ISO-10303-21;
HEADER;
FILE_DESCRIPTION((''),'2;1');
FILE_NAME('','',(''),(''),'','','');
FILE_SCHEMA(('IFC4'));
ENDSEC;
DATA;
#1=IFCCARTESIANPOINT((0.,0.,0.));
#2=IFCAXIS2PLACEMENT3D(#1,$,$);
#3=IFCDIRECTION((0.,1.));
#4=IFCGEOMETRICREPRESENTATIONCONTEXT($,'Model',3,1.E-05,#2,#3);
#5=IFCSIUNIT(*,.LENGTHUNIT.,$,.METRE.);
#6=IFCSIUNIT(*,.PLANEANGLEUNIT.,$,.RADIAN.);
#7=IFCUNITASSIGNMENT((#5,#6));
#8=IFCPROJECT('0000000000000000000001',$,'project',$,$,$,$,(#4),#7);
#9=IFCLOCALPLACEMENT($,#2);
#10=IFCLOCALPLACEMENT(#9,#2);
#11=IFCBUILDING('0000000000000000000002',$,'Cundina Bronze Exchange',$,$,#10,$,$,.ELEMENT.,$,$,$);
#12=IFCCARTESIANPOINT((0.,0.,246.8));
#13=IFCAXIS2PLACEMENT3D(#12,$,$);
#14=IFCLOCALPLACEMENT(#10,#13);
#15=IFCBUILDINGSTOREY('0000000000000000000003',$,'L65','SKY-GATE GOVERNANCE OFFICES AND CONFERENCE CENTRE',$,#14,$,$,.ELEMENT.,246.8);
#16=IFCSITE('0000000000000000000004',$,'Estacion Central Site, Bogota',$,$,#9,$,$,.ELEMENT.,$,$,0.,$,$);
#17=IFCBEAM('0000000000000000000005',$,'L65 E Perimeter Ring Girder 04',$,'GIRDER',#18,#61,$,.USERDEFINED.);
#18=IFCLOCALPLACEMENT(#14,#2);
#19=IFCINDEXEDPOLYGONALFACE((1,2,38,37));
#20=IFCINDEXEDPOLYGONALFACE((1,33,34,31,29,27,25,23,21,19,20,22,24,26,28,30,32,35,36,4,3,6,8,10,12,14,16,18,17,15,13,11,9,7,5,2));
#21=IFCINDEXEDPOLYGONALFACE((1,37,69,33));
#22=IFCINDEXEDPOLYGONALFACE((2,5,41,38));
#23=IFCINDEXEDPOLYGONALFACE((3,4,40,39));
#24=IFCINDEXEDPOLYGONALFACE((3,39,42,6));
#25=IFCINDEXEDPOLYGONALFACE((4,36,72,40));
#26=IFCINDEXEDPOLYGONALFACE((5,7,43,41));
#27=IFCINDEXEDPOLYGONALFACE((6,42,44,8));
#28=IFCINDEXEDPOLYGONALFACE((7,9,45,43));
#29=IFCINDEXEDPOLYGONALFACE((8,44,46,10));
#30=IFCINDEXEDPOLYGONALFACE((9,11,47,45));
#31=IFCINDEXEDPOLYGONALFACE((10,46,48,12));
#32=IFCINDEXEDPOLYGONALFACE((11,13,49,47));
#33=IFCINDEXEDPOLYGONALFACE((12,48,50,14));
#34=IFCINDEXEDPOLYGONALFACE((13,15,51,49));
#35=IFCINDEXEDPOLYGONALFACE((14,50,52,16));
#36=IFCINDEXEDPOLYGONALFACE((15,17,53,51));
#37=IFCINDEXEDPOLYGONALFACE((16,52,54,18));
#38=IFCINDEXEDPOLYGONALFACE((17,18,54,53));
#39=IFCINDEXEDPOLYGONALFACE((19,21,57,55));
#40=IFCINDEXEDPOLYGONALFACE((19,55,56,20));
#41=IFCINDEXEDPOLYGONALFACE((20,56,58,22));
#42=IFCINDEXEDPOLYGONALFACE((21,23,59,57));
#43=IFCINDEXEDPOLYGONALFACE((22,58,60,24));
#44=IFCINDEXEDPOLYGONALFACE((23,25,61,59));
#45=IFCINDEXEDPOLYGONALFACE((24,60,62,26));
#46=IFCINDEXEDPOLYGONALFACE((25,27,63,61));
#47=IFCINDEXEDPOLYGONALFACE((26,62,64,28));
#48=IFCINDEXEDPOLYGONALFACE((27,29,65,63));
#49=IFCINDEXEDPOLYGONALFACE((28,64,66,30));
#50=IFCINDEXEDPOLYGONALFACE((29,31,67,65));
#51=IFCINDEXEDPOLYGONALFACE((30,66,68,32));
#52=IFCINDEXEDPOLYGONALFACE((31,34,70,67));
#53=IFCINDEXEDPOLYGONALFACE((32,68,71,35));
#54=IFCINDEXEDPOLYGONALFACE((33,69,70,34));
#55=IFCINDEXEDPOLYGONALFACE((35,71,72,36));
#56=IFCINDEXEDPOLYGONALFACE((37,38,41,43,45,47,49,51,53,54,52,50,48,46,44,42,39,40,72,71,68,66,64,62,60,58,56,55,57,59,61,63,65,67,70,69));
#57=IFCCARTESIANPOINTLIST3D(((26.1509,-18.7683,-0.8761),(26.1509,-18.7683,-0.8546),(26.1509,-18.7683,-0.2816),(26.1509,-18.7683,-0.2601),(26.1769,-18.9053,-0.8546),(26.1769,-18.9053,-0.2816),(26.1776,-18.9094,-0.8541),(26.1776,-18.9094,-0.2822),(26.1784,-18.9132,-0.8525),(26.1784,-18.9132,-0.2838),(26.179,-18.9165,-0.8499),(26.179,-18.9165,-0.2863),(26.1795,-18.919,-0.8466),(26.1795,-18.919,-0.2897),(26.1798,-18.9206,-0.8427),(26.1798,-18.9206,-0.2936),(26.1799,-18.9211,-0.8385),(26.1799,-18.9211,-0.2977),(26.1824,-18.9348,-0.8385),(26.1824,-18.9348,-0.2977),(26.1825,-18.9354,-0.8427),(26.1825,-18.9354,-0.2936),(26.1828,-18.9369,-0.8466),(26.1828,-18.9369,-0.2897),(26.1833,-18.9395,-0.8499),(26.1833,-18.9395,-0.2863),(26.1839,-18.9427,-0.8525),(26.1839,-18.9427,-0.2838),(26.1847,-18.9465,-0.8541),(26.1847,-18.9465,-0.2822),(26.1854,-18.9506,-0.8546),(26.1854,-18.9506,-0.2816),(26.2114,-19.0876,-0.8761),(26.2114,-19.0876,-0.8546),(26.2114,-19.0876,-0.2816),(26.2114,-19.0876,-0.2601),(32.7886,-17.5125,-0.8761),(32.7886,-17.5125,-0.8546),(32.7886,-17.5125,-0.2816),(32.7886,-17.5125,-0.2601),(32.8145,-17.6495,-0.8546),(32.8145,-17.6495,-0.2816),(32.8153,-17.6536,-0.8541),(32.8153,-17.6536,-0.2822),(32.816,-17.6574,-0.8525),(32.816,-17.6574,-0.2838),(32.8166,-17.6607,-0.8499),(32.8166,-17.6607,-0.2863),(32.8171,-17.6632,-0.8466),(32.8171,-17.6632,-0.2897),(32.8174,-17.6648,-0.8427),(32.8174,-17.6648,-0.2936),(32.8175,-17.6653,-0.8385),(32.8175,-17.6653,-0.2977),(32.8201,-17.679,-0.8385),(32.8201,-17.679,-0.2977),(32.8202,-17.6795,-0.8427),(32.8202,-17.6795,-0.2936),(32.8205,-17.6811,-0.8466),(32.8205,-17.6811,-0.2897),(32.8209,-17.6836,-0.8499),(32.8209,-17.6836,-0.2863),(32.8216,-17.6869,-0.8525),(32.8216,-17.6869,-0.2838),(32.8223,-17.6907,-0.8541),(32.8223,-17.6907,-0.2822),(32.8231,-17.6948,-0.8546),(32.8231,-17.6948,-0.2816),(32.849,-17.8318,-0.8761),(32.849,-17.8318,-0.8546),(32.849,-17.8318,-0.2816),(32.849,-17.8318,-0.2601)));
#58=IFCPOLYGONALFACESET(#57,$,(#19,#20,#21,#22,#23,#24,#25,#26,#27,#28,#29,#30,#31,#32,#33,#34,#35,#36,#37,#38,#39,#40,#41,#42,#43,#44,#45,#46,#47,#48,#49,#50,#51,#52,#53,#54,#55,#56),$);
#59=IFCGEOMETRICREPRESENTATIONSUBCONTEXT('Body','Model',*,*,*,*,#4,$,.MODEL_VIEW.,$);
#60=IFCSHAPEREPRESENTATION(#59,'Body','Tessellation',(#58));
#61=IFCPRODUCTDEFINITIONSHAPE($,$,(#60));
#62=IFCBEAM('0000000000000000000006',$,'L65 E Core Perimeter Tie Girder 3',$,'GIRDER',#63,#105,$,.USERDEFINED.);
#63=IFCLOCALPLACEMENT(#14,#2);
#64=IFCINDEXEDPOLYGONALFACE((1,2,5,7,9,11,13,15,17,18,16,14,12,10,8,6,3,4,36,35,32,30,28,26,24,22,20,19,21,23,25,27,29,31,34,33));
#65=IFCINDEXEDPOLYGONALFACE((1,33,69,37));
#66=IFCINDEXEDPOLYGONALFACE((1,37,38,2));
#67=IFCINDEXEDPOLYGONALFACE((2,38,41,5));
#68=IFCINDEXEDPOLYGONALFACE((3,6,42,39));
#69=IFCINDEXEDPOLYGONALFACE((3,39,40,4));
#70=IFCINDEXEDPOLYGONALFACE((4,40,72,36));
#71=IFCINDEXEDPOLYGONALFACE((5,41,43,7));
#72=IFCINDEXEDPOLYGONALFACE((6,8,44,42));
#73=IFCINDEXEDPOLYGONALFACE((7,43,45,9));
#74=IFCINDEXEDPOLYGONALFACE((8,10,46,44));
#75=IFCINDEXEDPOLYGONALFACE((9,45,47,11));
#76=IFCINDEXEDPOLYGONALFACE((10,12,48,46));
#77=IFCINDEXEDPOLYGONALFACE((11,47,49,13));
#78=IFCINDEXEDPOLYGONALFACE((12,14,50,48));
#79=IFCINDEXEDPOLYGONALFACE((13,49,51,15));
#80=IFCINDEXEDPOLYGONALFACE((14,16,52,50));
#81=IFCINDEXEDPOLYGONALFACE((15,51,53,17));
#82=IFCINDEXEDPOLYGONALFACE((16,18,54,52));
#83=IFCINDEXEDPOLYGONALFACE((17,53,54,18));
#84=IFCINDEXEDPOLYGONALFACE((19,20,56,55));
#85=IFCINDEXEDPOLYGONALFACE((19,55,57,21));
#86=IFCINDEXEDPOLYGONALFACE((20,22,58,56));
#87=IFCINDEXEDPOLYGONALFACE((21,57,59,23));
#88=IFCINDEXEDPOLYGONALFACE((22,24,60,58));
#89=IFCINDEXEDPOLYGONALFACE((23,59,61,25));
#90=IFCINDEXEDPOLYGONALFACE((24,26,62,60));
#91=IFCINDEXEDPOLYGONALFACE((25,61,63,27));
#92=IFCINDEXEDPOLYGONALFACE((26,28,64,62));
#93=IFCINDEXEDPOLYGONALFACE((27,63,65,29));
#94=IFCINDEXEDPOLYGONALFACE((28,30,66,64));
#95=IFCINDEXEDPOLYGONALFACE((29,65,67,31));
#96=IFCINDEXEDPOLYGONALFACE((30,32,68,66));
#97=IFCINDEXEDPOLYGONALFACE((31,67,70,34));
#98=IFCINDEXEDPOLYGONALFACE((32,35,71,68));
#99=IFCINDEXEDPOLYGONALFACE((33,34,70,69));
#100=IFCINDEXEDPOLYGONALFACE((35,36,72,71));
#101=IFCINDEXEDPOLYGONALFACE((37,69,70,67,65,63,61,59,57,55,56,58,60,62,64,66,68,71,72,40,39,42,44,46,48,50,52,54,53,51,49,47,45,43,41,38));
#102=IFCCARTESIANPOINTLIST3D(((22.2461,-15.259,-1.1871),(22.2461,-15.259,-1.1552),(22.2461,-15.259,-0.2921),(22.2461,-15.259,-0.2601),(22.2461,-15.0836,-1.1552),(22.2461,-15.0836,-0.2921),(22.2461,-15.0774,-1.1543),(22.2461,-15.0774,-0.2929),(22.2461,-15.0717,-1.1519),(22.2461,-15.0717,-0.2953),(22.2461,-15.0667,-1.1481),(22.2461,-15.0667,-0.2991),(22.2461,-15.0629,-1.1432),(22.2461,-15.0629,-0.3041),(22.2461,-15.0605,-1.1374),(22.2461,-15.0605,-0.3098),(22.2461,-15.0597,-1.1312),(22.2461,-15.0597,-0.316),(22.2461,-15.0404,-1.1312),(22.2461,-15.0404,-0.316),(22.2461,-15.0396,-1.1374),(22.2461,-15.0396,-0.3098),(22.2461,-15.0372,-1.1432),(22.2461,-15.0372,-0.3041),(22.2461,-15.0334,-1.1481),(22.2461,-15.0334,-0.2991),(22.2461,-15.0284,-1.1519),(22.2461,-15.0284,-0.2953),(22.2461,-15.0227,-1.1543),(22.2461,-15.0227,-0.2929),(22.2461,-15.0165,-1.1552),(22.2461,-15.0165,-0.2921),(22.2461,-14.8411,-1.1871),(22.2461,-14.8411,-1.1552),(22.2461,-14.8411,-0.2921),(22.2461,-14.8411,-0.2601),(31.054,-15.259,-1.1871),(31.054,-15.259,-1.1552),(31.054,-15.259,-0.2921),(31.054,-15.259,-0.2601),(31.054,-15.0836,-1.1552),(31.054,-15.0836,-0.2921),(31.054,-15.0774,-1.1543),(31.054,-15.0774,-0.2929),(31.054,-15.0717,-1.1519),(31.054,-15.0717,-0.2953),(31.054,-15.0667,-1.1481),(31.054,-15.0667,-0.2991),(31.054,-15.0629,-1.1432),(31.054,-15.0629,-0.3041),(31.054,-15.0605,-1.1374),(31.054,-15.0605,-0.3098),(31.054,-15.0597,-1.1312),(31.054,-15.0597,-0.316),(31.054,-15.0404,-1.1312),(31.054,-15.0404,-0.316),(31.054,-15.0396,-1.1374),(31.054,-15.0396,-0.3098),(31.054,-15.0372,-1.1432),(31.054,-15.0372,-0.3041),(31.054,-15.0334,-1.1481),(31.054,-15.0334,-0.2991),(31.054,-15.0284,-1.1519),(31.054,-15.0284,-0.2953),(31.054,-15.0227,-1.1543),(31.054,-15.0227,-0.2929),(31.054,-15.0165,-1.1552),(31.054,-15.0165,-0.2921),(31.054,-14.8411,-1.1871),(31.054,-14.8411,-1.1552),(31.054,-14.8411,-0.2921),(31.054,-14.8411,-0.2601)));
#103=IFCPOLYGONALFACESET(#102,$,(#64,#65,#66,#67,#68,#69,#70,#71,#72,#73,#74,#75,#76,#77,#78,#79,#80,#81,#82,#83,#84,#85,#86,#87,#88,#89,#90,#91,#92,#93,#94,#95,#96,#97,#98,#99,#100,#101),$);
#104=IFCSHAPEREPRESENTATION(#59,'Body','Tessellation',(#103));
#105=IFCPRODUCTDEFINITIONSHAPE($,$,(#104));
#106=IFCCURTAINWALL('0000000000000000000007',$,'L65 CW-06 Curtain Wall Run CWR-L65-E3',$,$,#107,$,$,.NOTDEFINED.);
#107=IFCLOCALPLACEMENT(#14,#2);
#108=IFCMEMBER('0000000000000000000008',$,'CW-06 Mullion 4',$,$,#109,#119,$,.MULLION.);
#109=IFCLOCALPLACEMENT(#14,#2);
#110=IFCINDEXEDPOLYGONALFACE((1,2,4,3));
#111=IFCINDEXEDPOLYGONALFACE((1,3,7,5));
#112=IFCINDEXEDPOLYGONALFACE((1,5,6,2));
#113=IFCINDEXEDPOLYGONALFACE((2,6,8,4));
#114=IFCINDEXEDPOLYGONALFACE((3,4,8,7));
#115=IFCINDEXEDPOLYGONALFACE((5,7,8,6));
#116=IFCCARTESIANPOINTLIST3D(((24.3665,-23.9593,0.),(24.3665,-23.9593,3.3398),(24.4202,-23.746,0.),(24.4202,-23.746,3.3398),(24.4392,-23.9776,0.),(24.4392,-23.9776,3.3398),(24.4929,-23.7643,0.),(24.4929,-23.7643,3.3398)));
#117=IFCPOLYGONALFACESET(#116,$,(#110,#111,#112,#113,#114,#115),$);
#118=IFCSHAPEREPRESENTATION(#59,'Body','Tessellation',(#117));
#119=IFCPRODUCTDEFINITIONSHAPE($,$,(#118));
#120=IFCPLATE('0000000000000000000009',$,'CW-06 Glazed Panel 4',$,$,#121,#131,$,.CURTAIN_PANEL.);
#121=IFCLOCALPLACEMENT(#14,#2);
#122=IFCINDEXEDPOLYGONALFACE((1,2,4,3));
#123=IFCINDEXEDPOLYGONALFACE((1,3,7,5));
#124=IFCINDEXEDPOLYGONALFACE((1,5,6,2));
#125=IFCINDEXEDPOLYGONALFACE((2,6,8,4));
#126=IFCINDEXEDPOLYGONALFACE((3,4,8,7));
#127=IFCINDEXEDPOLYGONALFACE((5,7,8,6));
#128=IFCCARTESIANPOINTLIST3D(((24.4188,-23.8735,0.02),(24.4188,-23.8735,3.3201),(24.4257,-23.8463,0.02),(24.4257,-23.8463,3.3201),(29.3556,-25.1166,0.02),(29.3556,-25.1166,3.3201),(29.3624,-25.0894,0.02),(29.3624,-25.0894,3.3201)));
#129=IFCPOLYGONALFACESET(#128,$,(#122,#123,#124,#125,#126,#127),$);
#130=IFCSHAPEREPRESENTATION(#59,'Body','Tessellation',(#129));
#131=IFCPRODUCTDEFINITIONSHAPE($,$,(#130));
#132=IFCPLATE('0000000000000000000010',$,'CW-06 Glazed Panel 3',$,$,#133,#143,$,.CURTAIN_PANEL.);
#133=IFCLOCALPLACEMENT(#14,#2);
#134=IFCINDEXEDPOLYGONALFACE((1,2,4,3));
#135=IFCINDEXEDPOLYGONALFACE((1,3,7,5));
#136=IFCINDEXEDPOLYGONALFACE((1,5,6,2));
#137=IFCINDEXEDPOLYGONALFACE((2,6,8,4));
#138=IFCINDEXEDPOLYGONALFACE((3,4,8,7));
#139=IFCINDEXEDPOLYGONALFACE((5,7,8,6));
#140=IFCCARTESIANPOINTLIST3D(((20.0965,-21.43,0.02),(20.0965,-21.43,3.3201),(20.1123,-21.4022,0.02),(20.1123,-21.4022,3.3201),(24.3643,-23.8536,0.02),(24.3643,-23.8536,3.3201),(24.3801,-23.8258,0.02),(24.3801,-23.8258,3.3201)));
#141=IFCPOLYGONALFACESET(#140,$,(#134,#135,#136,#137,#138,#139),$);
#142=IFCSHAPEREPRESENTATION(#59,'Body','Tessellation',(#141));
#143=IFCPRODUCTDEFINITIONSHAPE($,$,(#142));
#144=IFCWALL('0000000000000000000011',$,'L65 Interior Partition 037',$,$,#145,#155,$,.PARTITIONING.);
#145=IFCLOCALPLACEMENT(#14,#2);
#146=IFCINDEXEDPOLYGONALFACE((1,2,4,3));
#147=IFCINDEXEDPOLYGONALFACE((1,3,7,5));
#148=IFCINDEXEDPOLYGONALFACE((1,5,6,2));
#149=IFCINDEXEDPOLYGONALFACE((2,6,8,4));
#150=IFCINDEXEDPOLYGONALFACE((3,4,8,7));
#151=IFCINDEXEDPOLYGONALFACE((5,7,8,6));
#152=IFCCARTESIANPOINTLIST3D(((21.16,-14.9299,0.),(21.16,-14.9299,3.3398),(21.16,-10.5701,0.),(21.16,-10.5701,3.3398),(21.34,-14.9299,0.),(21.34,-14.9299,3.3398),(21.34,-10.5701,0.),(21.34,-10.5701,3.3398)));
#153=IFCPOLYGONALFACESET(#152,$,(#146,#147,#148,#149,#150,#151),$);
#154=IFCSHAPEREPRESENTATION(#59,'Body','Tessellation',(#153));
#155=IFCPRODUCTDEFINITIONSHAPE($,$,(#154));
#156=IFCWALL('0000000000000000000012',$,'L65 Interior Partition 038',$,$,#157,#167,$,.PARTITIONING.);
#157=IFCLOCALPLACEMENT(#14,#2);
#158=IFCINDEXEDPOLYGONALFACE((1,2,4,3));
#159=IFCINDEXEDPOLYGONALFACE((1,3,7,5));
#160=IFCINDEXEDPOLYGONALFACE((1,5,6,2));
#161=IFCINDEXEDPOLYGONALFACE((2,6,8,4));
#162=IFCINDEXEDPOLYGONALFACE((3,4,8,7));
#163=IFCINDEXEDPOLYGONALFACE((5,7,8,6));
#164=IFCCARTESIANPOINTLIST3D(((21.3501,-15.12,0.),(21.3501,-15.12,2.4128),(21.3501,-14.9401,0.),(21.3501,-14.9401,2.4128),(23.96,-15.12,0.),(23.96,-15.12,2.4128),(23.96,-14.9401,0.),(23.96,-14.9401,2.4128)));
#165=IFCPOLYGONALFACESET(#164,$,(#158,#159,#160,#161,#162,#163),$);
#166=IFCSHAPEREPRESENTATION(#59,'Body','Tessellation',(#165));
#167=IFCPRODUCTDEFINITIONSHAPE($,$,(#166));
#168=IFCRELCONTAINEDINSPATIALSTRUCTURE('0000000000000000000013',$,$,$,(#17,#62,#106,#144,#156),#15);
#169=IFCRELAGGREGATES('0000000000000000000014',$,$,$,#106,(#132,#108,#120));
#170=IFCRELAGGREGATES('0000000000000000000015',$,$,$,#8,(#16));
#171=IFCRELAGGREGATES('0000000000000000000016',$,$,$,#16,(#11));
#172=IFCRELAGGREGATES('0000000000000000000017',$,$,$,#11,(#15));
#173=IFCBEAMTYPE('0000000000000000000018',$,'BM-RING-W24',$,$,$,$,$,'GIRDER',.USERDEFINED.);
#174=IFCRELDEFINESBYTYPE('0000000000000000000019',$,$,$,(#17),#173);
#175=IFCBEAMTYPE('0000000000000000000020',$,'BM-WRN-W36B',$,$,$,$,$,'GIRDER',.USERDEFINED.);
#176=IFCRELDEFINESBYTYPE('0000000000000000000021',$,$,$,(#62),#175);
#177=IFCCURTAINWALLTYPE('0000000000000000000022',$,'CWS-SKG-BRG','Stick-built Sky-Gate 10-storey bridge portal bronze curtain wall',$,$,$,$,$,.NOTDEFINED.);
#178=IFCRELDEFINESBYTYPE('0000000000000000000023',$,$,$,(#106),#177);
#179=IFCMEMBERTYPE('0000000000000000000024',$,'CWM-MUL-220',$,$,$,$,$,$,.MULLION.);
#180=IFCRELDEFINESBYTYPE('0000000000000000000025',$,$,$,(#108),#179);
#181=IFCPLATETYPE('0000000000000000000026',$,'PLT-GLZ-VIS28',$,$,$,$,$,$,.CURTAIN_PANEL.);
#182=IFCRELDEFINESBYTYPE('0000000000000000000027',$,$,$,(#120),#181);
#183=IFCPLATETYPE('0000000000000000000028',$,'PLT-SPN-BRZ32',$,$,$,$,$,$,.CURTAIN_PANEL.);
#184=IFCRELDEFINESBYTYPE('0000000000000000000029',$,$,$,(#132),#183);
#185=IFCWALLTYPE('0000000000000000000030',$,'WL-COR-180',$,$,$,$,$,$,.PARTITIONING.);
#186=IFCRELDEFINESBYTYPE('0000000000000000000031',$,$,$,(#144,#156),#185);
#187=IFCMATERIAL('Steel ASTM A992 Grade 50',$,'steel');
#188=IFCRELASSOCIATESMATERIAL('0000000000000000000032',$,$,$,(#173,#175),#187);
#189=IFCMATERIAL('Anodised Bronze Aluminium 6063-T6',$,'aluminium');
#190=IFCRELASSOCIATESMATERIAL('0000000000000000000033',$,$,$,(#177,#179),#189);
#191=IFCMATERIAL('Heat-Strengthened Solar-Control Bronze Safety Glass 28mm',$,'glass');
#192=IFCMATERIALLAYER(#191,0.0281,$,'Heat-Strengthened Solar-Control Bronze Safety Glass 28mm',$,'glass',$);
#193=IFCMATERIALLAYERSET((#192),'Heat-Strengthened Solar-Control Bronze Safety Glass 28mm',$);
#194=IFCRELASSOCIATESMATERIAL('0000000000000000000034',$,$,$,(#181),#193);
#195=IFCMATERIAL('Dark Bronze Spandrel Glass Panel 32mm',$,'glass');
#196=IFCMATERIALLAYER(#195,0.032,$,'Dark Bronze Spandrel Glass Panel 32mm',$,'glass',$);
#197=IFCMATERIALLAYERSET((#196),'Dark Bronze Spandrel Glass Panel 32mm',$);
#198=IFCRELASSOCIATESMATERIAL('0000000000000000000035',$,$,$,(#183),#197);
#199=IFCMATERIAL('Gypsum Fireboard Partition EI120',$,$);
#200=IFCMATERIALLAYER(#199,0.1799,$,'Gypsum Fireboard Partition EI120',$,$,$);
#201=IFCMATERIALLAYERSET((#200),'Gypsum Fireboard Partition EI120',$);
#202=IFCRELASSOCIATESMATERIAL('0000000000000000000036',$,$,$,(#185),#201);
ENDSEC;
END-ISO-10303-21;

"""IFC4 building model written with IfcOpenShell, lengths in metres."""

from ifc_helpers import new_model, si_unit, direction, frame, frame_2d, origin, origin_2d, place, context, subcontext, project, spatial, rectangle, i_section, extrude, material, layer, layer_set, material_profile, profile_set, type_object, element, aggregate, save


model = new_model("IFC4")

# Units and contexts
model_context = context("Model", 3, precision=1e-05, world=origin(), true_north=direction((0.0, 1.0)))
body_context = subcontext(model_context, "Body", "Model", "MODEL_VIEW")
ifc_project = project(units=[si_unit("LENGTHUNIT", "METRE"), si_unit("PLANEANGLEUNIT", "RADIAN")], contexts=[model_context])

# Site, building, storey
site_placement = place(None, origin())
site = spatial("IfcSite", under=ifc_project, at=site_placement, Name="Estacion Central Site, Bogota", CompositionType="ELEMENT", RefElevation=0.0)
building_placement = place(site_placement, origin())
building = spatial("IfcBuilding", under=site, at=building_placement, Name="Cundina Bronze Exchange", CompositionType="ELEMENT")
storey_placement = place(building_placement, frame((0.0, 0.0, 246.8)))
storey = spatial("IfcBuildingStorey", under=building, at=storey_placement, Name="L65", Description="SKY-GATE GOVERNANCE OFFICES AND CONFERENCE CENTRE", CompositionType="ELEMENT", Elevation=246.8)

# Shared definitions
ifc_material_1 = material(Name="Steel ASTM A992 Grade 50", Category="steel")

# Beams
ifc_material_profile_1 = material_profile(ifc_material_1, i_section(OverallWidth=0.325, OverallDepth=0.616, WebThickness=0.0139, FlangeThickness=0.0215, FilletRadius=0.0161, at=origin_2d()), Name="W24X117", Category="steel")
ifc_profile_set_1 = profile_set([ifc_material_profile_1], Name="Steel ASTM A992 Grade 50")
beam_type_1 = type_object("IfcBeamType", Name="BM-RING-W24", ElementType="GIRDER", PredefinedType="USERDEFINED", material=ifc_profile_set_1)
beam_1_placement = place(storey_placement, frame((26.1812, -18.928, -0.5681), z_axis=(0.982568, 0.185903, 0.0), x_axis=(-0.185903, 0.982568, 0.0)))
element("IfcBeam", 1, at=beam_1_placement, inside=storey, type_object=beam_type_1, Name="L65 E Perimeter Ring Girder 04", ObjectType="GIRDER", PredefinedType="USERDEFINED", context=body_context, shape_type="SweptSolid", body=[
    extrude(i_section(OverallWidth=0.325, OverallDepth=0.616, WebThickness=0.0139, FlangeThickness=0.0215, FilletRadius=0.0161, at=origin_2d()), origin(), (0.0, 0.0, 1.0), 6.7554),
])
ifc_material_profile_2 = material_profile(ifc_material_1, i_section(OverallWidth=0.418, OverallDepth=0.927, WebThickness=0.0193, FlangeThickness=0.032, FilletRadius=0.0239, at=origin_2d()), Name="W36X231", Category="steel")
ifc_profile_set_2 = profile_set([ifc_material_profile_2], Name="Steel ASTM A992 Grade 50")
beam_type_2 = type_object("IfcBeamType", Name="BM-WRN-W36B", ElementType="GIRDER", PredefinedType="USERDEFINED", material=ifc_profile_set_2)
beam_2_placement = place(storey_placement, frame((22.2461, -15.05, -0.7236), z_axis=(1.0, 0.0, 0.0), x_axis=(0.0, 1.0, 0.0)))
element("IfcBeam", 2, at=beam_2_placement, inside=storey, type_object=beam_type_2, Name="L65 E Core Perimeter Tie Girder 3", ObjectType="GIRDER", PredefinedType="USERDEFINED", context=body_context, shape_type="SweptSolid", body=[
    extrude(i_section(OverallWidth=0.418, OverallDepth=0.927, WebThickness=0.0193, FlangeThickness=0.032, FilletRadius=0.0239, at=origin_2d()), origin(), (0.0, 0.0, 1.0), 8.8079),
])

# Curtain wall, member, plates
ifc_material_2 = material(Name="Anodised Bronze Aluminium 6063-T6", Category="aluminium")
curtain_wall_type = type_object("IfcCurtainWallType", Name="CWS-SKG-BRG", Description="Stick-built Sky-Gate 10-storey bridge portal bronze curtain wall", PredefinedType="NOTDEFINED", material=ifc_material_2)
curtain_wall_placement = place(storey_placement, origin())
curtain_wall = element("IfcCurtainWall", 3, at=curtain_wall_placement, inside=storey, type_object=curtain_wall_type, Name="L65 CW-06 Curtain Wall Run CWR-L65-E3", PredefinedType="NOTDEFINED")
ifc_material_profile_3 = material_profile(ifc_material_2, rectangle(XDim=0.075, YDim=0.22, at=origin_2d()), Name="AL75X220", Category="aluminium")
ifc_profile_set_3 = profile_set([ifc_material_profile_3], Name="Anodised Bronze Aluminium 6063-T6")
member_type = type_object("IfcMemberType", Name="CWM-MUL-220", PredefinedType="MULLION", material=ifc_profile_set_3)
member_placement = place(storey_placement, frame((24.4297, -23.8618, 0.0), z_axis=(0.0, 0.0, 1.0), x_axis=(0.969744, -0.244123, 0.0)))
member = element("IfcMember", 4, at=member_placement, type_object=member_type, Name="CW-06 Mullion 4", PredefinedType="MULLION", context=body_context, shape_type="SweptSolid", body=[
    extrude(rectangle(XDim=0.075, YDim=0.22, at=origin_2d()), origin(), (0.0, 0.0, 1.0), 3.3398),
])
ifc_material_3 = material(Name="Heat-Strengthened Solar-Control Bronze Safety Glass 28mm", Category="glass")
ifc_layer_1 = layer(ifc_material_3, 0.0281, Name="Heat-Strengthened Solar-Control Bronze Safety Glass 28mm", Category="glass")
ifc_layer_set_1 = layer_set([ifc_layer_1], Name="Heat-Strengthened Solar-Control Bronze Safety Glass 28mm")
plate_type_1 = type_object("IfcPlateType", Name="PLT-GLZ-VIS28", PredefinedType="CURTAIN_PANEL", material=ifc_layer_set_1)
plate_1_placement = place(storey_placement, frame((26.8906, -24.4814, 0.02), z_axis=(0.0, 0.0, 1.0), x_axis=(0.969732, -0.244174, 0.0)))
plate_1 = element("IfcPlate", 5, at=plate_1_placement, type_object=plate_type_1, Name="CW-06 Glazed Panel 4", PredefinedType="CURTAIN_PANEL", context=body_context, shape_type="SweptSolid", body=[
    extrude(rectangle(XDim=5.0908, YDim=0.0281, at=origin_2d()), origin(), (0.0, 0.0, 1.0), 3.3),
])
ifc_material_4 = material(Name="Dark Bronze Spandrel Glass Panel 32mm", Category="glass")
ifc_layer_2 = layer(ifc_material_4, 0.032, Name="Dark Bronze Spandrel Glass Panel 32mm", Category="glass")
ifc_layer_set_2 = layer_set([ifc_layer_2], Name="Dark Bronze Spandrel Glass Panel 32mm")
plate_type_2 = type_object("IfcPlateType", Name="PLT-SPN-BRZ32", PredefinedType="CURTAIN_PANEL", material=ifc_layer_set_2)
plate_2_placement = place(storey_placement, frame((22.2383, -22.6279, 0.02), z_axis=(0.0, 0.0, 1.0), x_axis=(0.869573, -0.493805, 0.0)))
plate_2 = element("IfcPlate", 6, at=plate_2_placement, type_object=plate_type_2, Name="CW-06 Glazed Panel 3", PredefinedType="CURTAIN_PANEL", context=body_context, shape_type="SweptSolid", body=[
    extrude(rectangle(XDim=4.908, YDim=0.032, at=origin_2d()), origin(), (0.0, 0.0, 1.0), 3.3),
])
aggregate(curtain_wall, [plate_2, member, plate_1])

# Walls
ifc_material_5 = material(Name="Gypsum Fireboard Partition EI120")
ifc_layer_3 = layer(ifc_material_5, 0.1799, Name="Gypsum Fireboard Partition EI120")
ifc_layer_set_3 = layer_set([ifc_layer_3], Name="Gypsum Fireboard Partition EI120")
wall_type_1 = type_object("IfcWallType", Name="WL-COR-180", PredefinedType="PARTITIONING", material=ifc_layer_set_3)
wall_1_placement = place(storey_placement, frame((21.25, -14.9299, 0.0), z_axis=(0.0, 0.0, 1.0), x_axis=(0.0, 1.0, 0.0)))
element("IfcWall", 7, at=wall_1_placement, inside=storey, type_object=wall_type_1, Name="L65 Interior Partition 037", PredefinedType="PARTITIONING", context=body_context, shape_type="SweptSolid", body=[
    extrude(rectangle(XDim=4.3599, YDim=0.1799, at=frame_2d((2.1799, 0.0))), origin(), (0.0, 0.0, 1.0), 3.3398),
])
wall_2_placement = place(storey_placement, frame((21.3501, -15.03, 0.0), z_axis=(0.0, 0.0, 1.0), x_axis=(1.0, 0.0, 0.0)))
element("IfcWall", 8, at=wall_2_placement, inside=storey, type_object=wall_type_1, Name="L65 Interior Partition 038", PredefinedType="PARTITIONING", context=body_context, shape_type="SweptSolid", body=[
    extrude(rectangle(XDim=2.6099, YDim=0.1799, at=frame_2d((1.3049, 0.0))), origin(), (0.0, 0.0, 1.0), 2.4128),
])

save(model, "model.ifc")
